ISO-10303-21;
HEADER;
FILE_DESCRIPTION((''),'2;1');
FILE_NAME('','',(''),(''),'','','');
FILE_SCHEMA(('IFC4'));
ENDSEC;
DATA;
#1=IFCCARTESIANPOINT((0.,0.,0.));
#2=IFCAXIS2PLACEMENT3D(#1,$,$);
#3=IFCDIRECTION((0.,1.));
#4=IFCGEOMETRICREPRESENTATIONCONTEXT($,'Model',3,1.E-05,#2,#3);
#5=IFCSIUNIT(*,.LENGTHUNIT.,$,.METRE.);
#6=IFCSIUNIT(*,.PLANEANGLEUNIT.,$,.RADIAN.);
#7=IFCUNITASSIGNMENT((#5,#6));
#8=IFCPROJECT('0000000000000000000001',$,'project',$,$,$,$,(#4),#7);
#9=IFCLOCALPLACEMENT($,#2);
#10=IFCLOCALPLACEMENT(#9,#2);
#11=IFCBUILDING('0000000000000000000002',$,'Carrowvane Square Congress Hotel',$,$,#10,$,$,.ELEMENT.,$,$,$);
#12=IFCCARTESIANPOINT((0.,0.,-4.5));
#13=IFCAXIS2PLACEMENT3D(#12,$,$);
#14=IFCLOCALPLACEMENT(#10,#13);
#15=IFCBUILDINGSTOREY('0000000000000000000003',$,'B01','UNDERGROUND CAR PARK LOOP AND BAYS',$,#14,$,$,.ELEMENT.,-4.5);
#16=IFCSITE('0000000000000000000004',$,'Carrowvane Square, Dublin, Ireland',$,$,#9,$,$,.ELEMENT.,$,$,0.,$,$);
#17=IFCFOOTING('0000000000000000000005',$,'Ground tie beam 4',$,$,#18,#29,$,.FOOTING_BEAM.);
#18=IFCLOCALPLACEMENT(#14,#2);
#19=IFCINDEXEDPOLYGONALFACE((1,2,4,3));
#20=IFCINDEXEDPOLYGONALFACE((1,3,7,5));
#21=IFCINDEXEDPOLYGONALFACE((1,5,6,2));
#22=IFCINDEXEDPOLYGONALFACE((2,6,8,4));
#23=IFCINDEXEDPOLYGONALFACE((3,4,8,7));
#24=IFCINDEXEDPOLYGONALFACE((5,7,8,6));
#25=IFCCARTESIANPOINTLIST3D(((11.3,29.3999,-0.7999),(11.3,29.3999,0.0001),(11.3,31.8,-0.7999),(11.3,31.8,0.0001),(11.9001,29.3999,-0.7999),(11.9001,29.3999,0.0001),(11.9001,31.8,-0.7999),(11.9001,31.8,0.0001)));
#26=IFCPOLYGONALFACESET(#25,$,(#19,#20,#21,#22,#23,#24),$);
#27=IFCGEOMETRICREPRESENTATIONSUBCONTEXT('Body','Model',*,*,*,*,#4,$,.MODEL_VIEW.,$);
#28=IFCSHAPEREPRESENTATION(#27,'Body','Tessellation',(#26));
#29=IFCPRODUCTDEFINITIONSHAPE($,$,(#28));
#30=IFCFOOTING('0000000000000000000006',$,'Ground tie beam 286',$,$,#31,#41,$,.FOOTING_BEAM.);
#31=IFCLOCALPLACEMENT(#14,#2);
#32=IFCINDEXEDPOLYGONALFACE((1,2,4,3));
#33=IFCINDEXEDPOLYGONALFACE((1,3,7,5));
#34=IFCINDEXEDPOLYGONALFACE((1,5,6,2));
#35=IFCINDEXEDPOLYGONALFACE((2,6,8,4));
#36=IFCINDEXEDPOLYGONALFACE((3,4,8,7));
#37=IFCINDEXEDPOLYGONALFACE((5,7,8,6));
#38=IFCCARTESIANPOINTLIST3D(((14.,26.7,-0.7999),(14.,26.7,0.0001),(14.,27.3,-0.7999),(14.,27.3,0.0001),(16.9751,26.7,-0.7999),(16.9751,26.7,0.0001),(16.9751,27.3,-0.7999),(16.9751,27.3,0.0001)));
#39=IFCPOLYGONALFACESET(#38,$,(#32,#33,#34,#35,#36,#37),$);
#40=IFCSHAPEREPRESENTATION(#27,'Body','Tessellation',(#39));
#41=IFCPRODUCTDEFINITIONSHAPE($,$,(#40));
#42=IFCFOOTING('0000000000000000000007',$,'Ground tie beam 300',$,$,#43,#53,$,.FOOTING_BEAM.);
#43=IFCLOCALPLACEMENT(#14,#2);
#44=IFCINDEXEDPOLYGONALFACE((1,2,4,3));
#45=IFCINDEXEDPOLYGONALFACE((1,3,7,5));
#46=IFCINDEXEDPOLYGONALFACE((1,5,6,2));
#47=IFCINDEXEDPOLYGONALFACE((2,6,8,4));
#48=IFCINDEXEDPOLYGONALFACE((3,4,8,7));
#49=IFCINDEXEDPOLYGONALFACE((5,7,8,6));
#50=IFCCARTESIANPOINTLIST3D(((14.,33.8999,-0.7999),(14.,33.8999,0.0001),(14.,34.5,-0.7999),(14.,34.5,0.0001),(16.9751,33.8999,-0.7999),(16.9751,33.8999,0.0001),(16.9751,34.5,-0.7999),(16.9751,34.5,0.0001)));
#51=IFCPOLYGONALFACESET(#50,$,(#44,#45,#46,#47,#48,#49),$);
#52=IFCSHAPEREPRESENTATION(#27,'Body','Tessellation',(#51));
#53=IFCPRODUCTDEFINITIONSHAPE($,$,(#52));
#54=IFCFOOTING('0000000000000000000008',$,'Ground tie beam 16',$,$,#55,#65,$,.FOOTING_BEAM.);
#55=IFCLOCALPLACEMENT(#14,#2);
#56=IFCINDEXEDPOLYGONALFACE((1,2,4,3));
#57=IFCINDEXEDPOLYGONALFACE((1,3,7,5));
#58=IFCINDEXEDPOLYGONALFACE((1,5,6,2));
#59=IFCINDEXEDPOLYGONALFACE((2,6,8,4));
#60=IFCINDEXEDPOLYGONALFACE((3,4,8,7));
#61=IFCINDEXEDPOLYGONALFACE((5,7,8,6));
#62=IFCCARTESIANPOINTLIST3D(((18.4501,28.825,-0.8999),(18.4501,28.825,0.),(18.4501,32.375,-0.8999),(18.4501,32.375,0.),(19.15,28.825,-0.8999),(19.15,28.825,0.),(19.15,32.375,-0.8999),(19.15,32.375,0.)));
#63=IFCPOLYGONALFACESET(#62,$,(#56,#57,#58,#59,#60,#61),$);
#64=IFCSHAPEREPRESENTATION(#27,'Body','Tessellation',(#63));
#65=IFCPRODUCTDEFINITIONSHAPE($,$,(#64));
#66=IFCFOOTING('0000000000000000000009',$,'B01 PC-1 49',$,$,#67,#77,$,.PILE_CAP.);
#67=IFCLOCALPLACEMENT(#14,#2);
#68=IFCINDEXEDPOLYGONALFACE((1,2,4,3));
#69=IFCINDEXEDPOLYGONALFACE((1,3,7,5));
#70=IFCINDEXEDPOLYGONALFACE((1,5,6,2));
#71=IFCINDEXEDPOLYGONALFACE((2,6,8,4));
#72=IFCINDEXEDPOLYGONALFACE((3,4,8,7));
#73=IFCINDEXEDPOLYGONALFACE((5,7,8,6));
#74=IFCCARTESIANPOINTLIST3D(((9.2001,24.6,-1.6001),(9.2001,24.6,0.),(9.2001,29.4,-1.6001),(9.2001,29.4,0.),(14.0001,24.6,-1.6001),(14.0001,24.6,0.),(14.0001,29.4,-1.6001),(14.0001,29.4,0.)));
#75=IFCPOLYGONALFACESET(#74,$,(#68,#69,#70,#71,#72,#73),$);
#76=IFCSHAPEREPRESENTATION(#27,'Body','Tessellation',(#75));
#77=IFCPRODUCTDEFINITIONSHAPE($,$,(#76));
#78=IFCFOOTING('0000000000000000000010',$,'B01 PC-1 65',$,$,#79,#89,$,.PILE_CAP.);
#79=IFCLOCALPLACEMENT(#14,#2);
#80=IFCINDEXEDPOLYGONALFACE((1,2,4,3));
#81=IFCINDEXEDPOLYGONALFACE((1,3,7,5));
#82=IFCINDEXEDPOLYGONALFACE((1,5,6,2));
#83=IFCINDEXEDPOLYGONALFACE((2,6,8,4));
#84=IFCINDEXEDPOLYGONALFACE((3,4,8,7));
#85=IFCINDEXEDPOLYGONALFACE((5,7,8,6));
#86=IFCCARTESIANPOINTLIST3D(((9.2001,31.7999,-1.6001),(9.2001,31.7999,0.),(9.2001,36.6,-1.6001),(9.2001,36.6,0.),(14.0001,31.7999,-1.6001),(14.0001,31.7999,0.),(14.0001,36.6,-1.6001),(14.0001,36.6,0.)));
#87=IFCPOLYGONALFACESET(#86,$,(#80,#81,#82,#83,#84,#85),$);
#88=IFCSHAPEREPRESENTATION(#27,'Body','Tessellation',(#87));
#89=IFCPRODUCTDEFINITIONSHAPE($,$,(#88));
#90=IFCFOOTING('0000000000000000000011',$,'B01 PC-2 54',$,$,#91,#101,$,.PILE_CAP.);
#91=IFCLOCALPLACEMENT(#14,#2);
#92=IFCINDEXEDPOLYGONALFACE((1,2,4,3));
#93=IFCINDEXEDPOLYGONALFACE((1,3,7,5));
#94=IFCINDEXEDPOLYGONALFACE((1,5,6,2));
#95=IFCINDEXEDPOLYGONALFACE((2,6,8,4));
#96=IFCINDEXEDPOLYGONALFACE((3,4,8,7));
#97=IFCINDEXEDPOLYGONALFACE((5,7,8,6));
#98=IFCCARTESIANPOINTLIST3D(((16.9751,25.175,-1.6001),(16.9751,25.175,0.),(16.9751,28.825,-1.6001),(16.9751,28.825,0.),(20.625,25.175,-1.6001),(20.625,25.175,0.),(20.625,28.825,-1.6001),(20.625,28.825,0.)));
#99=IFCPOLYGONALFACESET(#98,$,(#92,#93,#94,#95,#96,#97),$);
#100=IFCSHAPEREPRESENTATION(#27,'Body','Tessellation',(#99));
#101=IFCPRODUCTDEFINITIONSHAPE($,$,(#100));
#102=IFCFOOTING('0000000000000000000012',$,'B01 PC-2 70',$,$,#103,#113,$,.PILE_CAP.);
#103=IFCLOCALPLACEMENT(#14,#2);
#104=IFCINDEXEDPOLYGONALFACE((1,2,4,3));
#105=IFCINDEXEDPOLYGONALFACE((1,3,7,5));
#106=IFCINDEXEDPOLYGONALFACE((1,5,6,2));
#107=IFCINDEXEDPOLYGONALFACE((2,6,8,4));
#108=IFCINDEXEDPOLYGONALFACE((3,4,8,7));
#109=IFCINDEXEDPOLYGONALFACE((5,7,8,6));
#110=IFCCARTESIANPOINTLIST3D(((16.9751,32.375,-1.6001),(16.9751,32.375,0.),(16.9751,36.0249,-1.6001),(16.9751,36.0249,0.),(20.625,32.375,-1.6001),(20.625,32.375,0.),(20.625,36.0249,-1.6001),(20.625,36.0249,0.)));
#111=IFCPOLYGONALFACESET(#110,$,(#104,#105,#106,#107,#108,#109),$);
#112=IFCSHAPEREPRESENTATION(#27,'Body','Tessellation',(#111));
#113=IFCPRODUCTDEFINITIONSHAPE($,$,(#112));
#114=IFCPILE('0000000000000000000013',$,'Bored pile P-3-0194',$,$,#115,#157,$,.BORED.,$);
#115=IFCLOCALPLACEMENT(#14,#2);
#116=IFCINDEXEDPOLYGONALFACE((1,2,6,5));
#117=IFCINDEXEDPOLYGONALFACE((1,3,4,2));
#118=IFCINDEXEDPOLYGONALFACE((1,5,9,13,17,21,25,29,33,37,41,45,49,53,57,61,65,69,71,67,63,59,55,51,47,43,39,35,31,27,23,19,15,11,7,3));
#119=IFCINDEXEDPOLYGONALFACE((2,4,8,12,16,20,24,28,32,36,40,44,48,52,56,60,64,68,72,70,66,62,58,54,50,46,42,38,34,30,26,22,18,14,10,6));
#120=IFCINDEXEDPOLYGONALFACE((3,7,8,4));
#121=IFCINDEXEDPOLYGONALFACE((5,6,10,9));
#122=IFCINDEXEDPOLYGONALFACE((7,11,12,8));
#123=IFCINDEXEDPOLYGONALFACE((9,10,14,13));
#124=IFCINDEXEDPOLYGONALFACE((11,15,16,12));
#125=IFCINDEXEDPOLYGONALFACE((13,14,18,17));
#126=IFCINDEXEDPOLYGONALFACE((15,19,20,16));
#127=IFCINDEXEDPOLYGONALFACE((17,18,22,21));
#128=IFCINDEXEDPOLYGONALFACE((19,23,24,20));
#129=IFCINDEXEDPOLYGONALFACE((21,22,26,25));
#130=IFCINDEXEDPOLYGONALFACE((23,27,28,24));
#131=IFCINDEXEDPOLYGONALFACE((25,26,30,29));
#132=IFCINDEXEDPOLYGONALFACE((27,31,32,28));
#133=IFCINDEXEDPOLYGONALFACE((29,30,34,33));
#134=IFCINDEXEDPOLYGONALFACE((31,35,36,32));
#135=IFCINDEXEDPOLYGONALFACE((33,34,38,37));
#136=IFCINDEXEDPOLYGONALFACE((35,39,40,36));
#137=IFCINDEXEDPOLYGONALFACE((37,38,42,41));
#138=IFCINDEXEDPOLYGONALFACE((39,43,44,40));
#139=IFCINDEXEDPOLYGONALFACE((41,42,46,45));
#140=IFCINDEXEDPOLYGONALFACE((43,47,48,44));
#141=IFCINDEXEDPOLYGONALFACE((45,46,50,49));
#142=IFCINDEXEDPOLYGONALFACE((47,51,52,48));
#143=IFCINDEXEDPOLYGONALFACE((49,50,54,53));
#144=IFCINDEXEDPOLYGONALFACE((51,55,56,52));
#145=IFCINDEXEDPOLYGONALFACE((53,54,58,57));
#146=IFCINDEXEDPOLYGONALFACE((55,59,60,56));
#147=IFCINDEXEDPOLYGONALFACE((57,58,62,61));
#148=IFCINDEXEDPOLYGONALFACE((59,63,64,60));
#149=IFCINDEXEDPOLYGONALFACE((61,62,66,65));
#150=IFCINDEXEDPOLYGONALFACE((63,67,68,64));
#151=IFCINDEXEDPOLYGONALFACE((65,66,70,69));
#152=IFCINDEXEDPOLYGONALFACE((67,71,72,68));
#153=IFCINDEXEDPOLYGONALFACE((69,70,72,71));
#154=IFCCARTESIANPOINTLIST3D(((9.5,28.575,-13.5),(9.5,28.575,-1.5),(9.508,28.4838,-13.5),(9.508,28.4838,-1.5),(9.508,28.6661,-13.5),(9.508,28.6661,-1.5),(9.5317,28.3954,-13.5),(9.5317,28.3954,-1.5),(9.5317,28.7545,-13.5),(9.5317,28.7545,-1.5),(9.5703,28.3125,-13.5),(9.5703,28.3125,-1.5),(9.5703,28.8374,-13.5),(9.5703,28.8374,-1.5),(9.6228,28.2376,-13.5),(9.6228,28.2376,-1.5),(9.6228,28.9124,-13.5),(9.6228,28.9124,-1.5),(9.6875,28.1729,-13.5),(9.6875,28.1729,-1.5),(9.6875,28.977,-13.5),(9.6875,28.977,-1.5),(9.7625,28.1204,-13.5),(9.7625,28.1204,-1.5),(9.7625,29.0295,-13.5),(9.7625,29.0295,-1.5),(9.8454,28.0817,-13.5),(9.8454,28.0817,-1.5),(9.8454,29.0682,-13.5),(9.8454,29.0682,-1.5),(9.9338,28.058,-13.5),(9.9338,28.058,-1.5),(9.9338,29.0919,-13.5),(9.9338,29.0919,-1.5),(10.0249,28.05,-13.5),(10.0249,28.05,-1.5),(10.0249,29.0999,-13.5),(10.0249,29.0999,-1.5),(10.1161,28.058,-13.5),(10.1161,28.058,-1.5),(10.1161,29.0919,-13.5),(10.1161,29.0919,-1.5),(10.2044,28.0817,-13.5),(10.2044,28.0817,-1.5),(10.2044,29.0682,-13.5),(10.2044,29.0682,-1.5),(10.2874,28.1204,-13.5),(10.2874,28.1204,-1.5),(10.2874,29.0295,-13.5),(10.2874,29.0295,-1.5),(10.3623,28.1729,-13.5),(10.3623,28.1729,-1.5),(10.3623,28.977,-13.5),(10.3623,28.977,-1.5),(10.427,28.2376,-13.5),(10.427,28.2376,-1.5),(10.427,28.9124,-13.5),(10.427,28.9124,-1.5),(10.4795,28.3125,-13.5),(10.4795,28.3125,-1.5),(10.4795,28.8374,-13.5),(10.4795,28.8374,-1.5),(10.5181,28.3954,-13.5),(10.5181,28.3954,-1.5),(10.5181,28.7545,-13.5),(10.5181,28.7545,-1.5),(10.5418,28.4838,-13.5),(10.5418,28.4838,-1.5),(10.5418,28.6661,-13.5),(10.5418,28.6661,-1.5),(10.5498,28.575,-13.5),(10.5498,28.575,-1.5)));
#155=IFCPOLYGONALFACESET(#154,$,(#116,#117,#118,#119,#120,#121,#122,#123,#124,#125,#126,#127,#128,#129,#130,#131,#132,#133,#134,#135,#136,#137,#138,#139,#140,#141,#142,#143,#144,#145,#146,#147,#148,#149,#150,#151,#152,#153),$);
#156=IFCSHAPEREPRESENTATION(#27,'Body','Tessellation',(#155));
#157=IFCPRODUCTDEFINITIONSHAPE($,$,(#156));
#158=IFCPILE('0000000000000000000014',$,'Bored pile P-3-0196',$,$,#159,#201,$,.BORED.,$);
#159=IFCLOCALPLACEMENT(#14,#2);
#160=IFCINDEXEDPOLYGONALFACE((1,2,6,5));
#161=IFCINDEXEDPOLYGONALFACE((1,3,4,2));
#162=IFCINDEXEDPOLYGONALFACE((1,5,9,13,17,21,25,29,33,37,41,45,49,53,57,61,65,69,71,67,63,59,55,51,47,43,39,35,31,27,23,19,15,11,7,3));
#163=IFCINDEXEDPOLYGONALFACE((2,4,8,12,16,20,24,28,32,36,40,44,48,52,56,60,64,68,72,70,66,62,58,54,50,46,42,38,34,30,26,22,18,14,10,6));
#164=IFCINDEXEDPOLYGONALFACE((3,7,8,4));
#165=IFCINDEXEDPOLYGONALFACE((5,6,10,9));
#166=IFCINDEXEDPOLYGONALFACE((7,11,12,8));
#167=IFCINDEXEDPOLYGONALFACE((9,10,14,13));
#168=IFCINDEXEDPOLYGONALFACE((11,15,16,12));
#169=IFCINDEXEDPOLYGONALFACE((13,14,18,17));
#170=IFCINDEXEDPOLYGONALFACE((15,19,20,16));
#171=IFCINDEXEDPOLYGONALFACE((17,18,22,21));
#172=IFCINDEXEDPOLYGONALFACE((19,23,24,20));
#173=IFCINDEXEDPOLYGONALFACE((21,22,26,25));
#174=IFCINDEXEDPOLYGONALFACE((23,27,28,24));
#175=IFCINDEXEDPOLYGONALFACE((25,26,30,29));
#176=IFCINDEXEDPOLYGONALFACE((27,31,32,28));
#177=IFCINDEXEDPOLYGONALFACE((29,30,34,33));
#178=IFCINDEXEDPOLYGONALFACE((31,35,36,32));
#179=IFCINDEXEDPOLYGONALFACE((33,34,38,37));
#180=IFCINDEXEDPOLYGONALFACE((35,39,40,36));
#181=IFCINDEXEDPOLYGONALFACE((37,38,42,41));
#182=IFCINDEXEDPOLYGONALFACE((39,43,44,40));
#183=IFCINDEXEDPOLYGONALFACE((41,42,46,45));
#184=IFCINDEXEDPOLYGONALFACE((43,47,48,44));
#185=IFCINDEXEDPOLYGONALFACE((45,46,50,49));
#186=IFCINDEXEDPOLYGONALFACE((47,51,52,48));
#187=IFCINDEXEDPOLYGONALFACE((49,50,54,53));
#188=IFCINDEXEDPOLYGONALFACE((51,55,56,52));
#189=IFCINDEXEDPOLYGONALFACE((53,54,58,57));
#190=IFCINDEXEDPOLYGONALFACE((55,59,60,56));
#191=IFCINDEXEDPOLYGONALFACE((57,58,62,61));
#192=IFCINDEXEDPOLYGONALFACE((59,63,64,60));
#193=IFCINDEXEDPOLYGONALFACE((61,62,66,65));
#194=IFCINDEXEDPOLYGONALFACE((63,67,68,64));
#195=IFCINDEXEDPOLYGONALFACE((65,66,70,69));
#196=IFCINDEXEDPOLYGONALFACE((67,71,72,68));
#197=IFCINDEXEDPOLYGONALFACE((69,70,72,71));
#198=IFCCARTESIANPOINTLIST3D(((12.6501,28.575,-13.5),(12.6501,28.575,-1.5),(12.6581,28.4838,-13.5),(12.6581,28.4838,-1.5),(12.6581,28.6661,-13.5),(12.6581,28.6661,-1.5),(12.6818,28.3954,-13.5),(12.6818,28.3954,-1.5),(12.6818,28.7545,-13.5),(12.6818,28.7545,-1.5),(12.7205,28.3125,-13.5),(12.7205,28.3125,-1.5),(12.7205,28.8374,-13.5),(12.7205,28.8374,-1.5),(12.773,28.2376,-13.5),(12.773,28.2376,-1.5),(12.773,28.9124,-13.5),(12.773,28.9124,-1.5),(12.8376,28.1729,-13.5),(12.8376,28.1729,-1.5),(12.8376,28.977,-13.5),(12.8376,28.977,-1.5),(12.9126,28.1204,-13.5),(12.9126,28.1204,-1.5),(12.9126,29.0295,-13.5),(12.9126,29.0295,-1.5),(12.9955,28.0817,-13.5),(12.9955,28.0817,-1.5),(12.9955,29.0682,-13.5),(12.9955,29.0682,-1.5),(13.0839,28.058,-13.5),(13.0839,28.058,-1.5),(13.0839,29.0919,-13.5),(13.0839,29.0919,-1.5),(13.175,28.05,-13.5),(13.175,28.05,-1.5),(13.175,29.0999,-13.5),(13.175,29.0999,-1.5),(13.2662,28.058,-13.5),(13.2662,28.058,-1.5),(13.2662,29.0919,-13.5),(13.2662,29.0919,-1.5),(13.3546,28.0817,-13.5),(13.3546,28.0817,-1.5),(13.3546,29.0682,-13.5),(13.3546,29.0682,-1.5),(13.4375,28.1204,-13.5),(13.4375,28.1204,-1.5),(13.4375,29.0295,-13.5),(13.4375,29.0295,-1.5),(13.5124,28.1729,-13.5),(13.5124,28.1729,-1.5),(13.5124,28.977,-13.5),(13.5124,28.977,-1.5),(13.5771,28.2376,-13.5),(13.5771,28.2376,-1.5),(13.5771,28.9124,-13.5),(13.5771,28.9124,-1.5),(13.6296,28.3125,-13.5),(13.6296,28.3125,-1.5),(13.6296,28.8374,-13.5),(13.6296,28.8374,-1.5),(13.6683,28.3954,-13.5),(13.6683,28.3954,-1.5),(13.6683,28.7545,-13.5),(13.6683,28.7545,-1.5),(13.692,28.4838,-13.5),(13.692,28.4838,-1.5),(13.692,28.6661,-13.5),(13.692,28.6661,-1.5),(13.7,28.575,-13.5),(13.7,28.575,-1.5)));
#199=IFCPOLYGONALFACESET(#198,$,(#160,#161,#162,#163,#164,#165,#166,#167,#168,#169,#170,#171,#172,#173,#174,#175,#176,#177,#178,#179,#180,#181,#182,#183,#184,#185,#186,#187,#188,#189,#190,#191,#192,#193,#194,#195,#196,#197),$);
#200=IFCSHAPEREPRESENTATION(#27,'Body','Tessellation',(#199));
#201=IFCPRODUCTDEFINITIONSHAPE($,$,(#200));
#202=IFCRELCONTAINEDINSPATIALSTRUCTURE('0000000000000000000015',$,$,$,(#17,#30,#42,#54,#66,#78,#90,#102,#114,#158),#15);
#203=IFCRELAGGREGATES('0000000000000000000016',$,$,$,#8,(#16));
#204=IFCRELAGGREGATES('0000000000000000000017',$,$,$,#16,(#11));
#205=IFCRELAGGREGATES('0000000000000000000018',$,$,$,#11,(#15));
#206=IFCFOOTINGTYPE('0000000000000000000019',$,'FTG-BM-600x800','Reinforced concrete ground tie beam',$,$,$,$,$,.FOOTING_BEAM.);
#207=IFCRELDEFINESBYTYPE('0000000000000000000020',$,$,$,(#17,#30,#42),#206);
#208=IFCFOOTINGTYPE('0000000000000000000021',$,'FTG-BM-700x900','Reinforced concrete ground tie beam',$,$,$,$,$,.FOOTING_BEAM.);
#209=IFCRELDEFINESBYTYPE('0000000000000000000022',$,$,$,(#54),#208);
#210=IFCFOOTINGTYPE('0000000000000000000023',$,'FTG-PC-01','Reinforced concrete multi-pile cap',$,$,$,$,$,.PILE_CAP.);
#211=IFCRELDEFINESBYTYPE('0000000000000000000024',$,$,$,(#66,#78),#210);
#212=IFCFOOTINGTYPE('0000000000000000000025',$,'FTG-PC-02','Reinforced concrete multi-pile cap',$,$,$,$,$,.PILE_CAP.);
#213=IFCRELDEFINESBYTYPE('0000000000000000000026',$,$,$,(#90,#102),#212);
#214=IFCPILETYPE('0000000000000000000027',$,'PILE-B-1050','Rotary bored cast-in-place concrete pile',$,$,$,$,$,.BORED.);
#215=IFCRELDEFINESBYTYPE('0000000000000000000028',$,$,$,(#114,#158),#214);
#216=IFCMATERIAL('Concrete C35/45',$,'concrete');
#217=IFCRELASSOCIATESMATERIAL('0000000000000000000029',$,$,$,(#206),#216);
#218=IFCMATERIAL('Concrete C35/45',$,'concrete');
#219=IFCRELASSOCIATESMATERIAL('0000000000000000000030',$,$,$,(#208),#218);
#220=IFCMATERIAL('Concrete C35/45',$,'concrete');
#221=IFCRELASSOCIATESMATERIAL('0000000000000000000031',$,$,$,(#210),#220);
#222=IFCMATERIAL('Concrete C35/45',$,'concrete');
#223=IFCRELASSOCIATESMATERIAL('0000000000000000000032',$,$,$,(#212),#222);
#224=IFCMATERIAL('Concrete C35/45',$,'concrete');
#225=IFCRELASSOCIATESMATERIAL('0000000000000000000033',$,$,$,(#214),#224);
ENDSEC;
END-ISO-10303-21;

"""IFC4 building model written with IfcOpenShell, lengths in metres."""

from ifc_helpers import new_model, si_unit, direction, frame, origin, origin_2d, place, context, subcontext, project, spatial, rectangle, circle, extrude, material, material_profile, profile_set, type_object, element, save


model = new_model("IFC4")

# Units and contexts
model_context = context("Model", 3, precision=1e-05, world=origin(), true_north=direction((0.0, 1.0)))
body_context = subcontext(model_context, "Body", "Model", "MODEL_VIEW")
ifc_project = project(units=[si_unit("LENGTHUNIT", "METRE"), si_unit("PLANEANGLEUNIT", "RADIAN")], contexts=[model_context])

# Site, building, storey
site_placement = place(None, origin())
site = spatial("IfcSite", under=ifc_project, at=site_placement, Name="Carrowvane Square, Dublin, Ireland", CompositionType="ELEMENT", RefElevation=0.0)
building_placement = place(site_placement, origin())
building = spatial("IfcBuilding", under=site, at=building_placement, Name="Carrowvane Square Congress Hotel", CompositionType="ELEMENT")
storey_placement = place(building_placement, frame((0.0, 0.0, -4.5)))
storey = spatial("IfcBuildingStorey", under=building, at=storey_placement, Name="B01", Description="UNDERGROUND CAR PARK LOOP AND BAYS", CompositionType="ELEMENT", Elevation=-4.5)

# Footings
ifc_material_1 = material(Name="Concrete C35/45", Category="concrete")
ifc_material_profile_1 = material_profile(ifc_material_1, rectangle(XDim=0.6001, YDim=0.8, at=origin_2d()), Name="RC 600x800")
ifc_profile_set_1 = profile_set([ifc_material_profile_1], Name="Concrete C35/45")
footing_type_1 = type_object("IfcFootingType", Name="FTG-BM-600x800", Description="Reinforced concrete ground tie beam", PredefinedType="FOOTING_BEAM", material=ifc_profile_set_1)
footing_1_placement = place(storey_placement, frame((11.6001, 29.3999, -0.3999), z_axis=(0.0, 1.0, 0.0), x_axis=(-1.0, 0.0, 0.0)))
element("IfcFooting", 1, at=footing_1_placement, inside=storey, type_object=footing_type_1, Name="Ground tie beam 4", PredefinedType="FOOTING_BEAM", context=body_context, shape_type="SweptSolid", body=[
    extrude(rectangle(XDim=0.6001, YDim=0.8, at=origin_2d()), origin(), (0.0, 0.0, 1.0), 2.4001),
])
for number, where, z_axis, x_axis, name in (
    (2, (14.0, 27.0, -0.3999), (1.0, 0.0, 0.0), (0.0, 1.0, 0.0), "Ground tie beam 286"),
    (3, (14.0, 34.2, -0.3999), (1.0, 0.0, 0.0), (0.0, 1.0, 0.0), "Ground tie beam 300"),
):
    element("IfcFooting", number, at=place(storey_placement, frame(where, z_axis=z_axis, x_axis=x_axis)), inside=storey, type_object=footing_type_1, Name=name, PredefinedType="FOOTING_BEAM", context=body_context, shape_type="SweptSolid", body=[
        extrude(rectangle(XDim=0.6001, YDim=0.8, at=origin_2d()), origin(), (0.0, 0.0, 1.0), 2.9751),
    ])
ifc_material_2 = material(Name="Concrete C35/45", Category="concrete")
ifc_material_profile_2 = material_profile(ifc_material_2, rectangle(XDim=0.7, YDim=0.8999, at=origin_2d()), Name="RC 700x900")
ifc_profile_set_2 = profile_set([ifc_material_profile_2], Name="Concrete C35/45")
footing_type_2 = type_object("IfcFootingType", Name="FTG-BM-700x900", Description="Reinforced concrete ground tie beam", PredefinedType="FOOTING_BEAM", material=ifc_profile_set_2)
footing_2_placement = place(storey_placement, frame((18.8, 28.825, -0.45), z_axis=(0.0, 1.0, 0.0), x_axis=(-1.0, 0.0, 0.0)))
element("IfcFooting", 4, at=footing_2_placement, inside=storey, type_object=footing_type_2, Name="Ground tie beam 16", PredefinedType="FOOTING_BEAM", context=body_context, shape_type="SweptSolid", body=[
    extrude(rectangle(XDim=0.7, YDim=0.8999, at=origin_2d()), origin(), (0.0, 0.0, 1.0), 3.55),
])
ifc_material_3 = material(Name="Concrete C35/45", Category="concrete")
footing_type_3 = type_object("IfcFootingType", Name="FTG-PC-01", Description="Reinforced concrete multi-pile cap", PredefinedType="PILE_CAP", material=ifc_material_3)
for number, where, z_axis, x_axis, name in (
    (5, (11.6001, 27.0, -1.6001), (0.0, 0.0, 1.0), (1.0, 0.0, 0.0), "B01 PC-1 49"),
    (6, (11.6001, 34.2, -1.6001), (0.0, 0.0, 1.0), (1.0, 0.0, 0.0), "B01 PC-1 65"),
):
    element("IfcFooting", number, at=place(storey_placement, frame(where, z_axis=z_axis, x_axis=x_axis)), inside=storey, type_object=footing_type_3, Name=name, PredefinedType="PILE_CAP", context=body_context, shape_type="SweptSolid", body=[
        extrude(rectangle(XDim=4.8, YDim=4.8, at=origin_2d()), origin(), (0.0, 0.0, 1.0), 1.6001),
    ])
ifc_material_4 = material(Name="Concrete C35/45", Category="concrete")
footing_type_4 = type_object("IfcFootingType", Name="FTG-PC-02", Description="Reinforced concrete multi-pile cap", PredefinedType="PILE_CAP", material=ifc_material_4)
for number, where, z_axis, x_axis, name in (
    (7, (18.8, 27.0, -1.6001), (0.0, 0.0, 1.0), (1.0, 0.0, 0.0), "B01 PC-2 54"),
    (8, (18.8, 34.2, -1.6001), (0.0, 0.0, 1.0), (1.0, 0.0, 0.0), "B01 PC-2 70"),
):
    element("IfcFooting", number, at=place(storey_placement, frame(where, z_axis=z_axis, x_axis=x_axis)), inside=storey, type_object=footing_type_4, Name=name, PredefinedType="PILE_CAP", context=body_context, shape_type="SweptSolid", body=[
        extrude(rectangle(XDim=3.6499, YDim=3.6499, at=origin_2d()), origin(), (0.0, 0.0, 1.0), 1.6001),
    ])

# Piles
ifc_material_5 = material(Name="Concrete C35/45", Category="concrete")
ifc_material_profile_3 = material_profile(ifc_material_5, circle(Radius=0.5249, at=origin_2d()), Name="PILE D1050")
ifc_profile_set_3 = profile_set([ifc_material_profile_3], Name="Concrete C35/45")
pile_type_1 = type_object("IfcPileType", Name="PILE-B-1050", Description="Rotary bored cast-in-place concrete pile", PredefinedType="BORED", material=ifc_profile_set_3)
for number, where, z_axis, x_axis, name in (
    (9, (10.0249, 28.575, -1.5), (0.0, 0.0, -1.0), (1.0, 0.0, 0.0), "Bored pile P-3-0194"),
    (10, (13.175, 28.575, -1.5), (0.0, 0.0, -1.0), (1.0, 0.0, 0.0), "Bored pile P-3-0196"),
):
    element("IfcPile", number, at=place(storey_placement, frame(where, z_axis=z_axis, x_axis=x_axis)), inside=storey, type_object=pile_type_1, Name=name, PredefinedType="BORED", context=body_context, shape_type="SweptSolid", body=[
        extrude(circle(Radius=0.5249, at=origin_2d()), origin(), (0.0, 0.0, 1.0), 12.0),
    ])

save(model, "model.ifc")
